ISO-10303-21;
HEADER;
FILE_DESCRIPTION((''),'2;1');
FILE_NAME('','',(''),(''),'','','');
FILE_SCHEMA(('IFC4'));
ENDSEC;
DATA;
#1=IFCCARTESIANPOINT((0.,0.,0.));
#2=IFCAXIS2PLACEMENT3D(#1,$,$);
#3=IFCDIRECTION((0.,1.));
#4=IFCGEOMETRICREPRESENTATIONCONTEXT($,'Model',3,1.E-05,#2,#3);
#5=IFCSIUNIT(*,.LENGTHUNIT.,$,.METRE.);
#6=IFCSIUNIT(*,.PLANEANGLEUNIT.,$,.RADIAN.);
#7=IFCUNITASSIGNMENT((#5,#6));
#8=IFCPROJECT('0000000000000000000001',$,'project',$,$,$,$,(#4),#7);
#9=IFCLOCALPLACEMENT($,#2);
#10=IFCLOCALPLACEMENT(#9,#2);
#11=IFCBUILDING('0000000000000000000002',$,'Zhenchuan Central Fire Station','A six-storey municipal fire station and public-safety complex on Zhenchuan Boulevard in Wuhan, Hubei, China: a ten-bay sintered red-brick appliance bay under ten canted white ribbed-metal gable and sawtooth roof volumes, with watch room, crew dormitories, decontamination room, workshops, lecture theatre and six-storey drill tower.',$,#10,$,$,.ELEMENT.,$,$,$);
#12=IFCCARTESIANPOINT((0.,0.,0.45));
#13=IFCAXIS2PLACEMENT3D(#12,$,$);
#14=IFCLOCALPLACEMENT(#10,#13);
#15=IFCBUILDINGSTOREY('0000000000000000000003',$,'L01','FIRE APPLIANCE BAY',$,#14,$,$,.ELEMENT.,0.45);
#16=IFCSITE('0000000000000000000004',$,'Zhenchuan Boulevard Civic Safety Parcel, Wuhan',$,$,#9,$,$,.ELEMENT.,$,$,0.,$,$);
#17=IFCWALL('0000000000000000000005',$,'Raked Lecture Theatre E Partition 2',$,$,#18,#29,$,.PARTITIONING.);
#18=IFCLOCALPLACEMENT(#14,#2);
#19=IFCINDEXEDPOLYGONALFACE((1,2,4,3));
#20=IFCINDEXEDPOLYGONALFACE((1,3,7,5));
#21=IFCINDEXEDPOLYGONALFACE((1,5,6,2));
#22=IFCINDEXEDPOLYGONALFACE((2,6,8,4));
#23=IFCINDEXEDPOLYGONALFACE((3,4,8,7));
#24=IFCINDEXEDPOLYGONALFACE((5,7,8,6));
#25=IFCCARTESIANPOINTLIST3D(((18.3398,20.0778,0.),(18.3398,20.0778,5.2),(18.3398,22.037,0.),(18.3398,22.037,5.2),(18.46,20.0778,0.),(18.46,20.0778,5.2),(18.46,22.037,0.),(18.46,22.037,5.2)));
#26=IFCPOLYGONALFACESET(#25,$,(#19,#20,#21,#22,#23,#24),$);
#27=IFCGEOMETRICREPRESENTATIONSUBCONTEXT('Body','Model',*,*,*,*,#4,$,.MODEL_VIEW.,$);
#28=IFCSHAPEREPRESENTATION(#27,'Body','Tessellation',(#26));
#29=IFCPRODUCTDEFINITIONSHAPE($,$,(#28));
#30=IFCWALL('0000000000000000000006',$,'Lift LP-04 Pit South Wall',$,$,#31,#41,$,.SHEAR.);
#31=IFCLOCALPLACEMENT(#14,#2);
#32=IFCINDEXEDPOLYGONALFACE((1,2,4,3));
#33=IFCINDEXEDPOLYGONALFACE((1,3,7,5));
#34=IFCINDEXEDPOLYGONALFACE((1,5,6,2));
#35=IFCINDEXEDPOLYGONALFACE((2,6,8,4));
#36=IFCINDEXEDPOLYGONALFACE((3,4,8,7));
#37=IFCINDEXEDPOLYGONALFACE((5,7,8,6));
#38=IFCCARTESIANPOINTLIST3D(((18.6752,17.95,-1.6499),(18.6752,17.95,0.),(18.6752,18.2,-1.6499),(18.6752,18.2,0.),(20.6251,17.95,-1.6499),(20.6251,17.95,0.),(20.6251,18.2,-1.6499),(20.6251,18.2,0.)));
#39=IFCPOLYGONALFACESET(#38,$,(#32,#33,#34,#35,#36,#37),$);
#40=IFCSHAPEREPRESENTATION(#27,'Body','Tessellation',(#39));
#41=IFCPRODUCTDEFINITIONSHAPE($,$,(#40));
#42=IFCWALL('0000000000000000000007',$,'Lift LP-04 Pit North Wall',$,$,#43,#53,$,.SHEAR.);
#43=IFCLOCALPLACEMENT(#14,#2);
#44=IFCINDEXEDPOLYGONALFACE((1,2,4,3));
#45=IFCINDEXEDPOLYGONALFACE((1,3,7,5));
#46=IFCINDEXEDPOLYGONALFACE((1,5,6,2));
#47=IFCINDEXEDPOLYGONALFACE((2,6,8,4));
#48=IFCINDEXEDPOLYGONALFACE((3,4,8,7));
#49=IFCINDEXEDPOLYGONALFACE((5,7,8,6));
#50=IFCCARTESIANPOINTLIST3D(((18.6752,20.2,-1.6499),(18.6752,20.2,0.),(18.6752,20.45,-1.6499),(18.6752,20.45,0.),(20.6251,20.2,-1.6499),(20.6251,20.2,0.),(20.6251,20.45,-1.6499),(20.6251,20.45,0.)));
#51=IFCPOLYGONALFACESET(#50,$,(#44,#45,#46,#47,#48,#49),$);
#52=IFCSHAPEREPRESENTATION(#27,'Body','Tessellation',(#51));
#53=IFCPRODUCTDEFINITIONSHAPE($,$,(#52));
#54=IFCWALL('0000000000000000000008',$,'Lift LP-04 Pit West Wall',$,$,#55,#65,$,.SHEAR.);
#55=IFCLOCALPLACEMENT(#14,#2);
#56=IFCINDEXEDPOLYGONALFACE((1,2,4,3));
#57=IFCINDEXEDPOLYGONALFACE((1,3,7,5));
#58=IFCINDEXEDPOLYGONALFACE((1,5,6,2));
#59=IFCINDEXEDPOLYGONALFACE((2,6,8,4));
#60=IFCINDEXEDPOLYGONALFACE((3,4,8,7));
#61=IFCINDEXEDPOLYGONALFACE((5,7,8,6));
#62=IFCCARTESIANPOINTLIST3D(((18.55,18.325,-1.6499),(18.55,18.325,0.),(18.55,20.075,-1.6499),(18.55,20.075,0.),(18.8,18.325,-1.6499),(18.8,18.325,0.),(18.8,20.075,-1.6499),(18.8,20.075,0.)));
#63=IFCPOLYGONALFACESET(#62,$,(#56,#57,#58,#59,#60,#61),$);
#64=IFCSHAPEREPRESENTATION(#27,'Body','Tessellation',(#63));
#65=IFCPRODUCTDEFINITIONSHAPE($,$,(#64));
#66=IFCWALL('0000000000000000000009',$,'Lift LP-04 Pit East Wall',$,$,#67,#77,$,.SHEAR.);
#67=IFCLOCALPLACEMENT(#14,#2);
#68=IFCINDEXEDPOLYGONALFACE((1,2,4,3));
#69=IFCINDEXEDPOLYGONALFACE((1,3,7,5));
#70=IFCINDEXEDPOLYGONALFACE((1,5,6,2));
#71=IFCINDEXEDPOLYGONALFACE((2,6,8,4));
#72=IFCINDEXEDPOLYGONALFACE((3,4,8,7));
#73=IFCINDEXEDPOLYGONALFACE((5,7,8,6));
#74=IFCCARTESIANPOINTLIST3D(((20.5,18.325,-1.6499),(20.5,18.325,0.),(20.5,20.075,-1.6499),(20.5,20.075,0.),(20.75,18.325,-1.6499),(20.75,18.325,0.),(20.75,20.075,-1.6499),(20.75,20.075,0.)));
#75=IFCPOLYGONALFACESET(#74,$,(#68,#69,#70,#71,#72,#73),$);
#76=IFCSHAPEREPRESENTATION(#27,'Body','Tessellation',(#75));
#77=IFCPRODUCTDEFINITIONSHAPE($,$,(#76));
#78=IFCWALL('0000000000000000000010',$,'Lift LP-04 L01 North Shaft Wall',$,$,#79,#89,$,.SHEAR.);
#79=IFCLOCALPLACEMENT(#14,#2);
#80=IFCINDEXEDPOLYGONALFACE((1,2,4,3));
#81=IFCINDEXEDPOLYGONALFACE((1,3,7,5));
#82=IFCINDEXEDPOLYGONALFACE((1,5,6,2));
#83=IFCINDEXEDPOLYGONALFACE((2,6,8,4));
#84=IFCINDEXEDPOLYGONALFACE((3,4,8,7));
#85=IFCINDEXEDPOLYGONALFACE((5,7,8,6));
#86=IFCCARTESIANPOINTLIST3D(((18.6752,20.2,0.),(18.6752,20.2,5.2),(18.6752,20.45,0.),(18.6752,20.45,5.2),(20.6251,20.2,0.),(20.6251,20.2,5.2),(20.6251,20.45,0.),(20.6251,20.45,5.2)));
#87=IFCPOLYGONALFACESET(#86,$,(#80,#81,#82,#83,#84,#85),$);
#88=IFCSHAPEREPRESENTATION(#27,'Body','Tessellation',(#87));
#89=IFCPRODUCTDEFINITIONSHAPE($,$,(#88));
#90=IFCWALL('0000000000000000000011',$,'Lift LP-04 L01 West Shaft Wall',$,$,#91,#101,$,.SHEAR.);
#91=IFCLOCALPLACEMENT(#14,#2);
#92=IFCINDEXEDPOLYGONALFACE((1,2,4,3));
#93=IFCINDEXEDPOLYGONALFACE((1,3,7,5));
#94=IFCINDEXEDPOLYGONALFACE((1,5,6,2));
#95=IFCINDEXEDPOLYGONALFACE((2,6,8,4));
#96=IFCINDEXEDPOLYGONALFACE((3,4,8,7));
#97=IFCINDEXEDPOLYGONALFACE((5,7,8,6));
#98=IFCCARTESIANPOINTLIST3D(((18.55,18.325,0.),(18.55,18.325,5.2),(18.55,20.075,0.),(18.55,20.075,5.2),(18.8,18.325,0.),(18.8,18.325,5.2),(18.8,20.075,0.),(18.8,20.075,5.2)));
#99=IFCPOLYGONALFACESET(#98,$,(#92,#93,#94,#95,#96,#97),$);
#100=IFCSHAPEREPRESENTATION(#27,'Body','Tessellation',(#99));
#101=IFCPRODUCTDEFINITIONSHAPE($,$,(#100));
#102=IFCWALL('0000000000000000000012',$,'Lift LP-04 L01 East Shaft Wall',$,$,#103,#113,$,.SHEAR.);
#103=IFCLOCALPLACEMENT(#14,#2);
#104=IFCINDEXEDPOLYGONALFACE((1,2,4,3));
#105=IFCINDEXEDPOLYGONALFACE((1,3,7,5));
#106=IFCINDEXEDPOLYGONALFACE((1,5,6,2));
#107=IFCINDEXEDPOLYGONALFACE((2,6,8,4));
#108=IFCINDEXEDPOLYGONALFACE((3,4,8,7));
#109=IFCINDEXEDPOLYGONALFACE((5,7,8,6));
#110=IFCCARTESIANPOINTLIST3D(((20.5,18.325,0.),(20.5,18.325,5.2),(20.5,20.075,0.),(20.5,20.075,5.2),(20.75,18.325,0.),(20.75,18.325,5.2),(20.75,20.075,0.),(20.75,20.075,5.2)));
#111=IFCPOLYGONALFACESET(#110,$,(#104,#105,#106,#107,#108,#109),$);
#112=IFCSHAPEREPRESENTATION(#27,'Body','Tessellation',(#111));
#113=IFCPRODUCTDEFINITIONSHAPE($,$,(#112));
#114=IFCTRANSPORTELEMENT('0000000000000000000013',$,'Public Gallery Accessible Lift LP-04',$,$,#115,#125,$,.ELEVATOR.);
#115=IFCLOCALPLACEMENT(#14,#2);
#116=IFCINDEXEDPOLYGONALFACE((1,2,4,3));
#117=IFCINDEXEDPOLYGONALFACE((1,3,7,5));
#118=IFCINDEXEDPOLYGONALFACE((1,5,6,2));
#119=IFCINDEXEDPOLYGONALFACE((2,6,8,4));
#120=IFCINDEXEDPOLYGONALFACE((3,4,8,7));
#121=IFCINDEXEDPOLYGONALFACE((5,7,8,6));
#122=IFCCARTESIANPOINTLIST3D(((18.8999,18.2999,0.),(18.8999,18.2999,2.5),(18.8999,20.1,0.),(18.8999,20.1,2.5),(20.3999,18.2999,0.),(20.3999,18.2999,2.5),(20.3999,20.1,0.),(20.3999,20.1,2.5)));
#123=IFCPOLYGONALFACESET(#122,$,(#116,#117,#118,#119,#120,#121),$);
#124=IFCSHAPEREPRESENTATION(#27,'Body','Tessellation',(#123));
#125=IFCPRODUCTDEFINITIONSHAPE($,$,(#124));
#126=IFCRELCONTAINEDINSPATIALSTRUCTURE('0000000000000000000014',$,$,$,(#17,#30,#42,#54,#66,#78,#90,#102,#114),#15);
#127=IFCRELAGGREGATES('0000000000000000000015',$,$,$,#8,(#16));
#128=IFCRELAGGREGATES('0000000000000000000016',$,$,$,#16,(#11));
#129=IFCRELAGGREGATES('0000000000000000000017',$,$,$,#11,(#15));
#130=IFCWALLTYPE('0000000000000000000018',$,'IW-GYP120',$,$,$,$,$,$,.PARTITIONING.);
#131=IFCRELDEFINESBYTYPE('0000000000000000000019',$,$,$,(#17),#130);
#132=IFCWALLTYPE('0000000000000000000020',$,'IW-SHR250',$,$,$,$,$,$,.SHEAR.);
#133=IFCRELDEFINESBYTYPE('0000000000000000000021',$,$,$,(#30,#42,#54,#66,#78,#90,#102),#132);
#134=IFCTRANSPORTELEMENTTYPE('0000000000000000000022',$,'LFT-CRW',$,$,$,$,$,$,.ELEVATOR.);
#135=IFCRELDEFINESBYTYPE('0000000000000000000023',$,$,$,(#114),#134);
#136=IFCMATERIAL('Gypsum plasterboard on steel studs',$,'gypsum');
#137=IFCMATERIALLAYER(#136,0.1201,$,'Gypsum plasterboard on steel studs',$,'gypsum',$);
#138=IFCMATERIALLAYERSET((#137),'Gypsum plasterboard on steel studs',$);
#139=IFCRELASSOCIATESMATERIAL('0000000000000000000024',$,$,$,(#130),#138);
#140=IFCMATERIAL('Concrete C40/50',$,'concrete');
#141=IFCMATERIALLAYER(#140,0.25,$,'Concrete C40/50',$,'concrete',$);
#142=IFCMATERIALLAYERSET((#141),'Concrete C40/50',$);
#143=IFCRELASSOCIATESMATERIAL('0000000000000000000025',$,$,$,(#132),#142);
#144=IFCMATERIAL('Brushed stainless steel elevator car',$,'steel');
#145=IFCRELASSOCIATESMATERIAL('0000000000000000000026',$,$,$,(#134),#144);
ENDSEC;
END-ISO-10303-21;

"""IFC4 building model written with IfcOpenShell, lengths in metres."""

from ifc_helpers import new_model, si_unit, direction, frame, frame_2d, origin, origin_2d, place, context, subcontext, project, spatial, rectangle, extrude, material, layer, layer_set, type_object, element, save


model = new_model("IFC4")

# Units and contexts
model_context = context("Model", 3, precision=1e-05, world=origin(), true_north=direction((0.0, 1.0)))
body_context = subcontext(model_context, "Body", "Model", "MODEL_VIEW")
ifc_project = project(units=[si_unit("LENGTHUNIT", "METRE"), si_unit("PLANEANGLEUNIT", "RADIAN")], contexts=[model_context])

# Site, building, storey
site_placement = place(None, origin())
site = spatial("IfcSite", under=ifc_project, at=site_placement, Name="Zhenchuan Boulevard Civic Safety Parcel, Wuhan", CompositionType="ELEMENT", RefElevation=0.0)
building_placement = place(site_placement, origin())
building = spatial("IfcBuilding", under=site, at=building_placement, Name="Zhenchuan Central Fire Station", Description="A six-storey municipal fire station and public-safety complex on Zhenchuan Boulevard in Wuhan, Hubei, China: a ten-bay sintered red-brick appliance bay under ten canted white ribbed-metal gable and sawtooth roof volumes, with watch room, crew dormitories, decontamination room, workshops, lecture theatre and six-storey drill tower.", CompositionType="ELEMENT")
storey_placement = place(building_placement, frame((0.0, 0.0, 0.45)))
storey = spatial("IfcBuildingStorey", under=building, at=storey_placement, Name="L01", Description="FIRE APPLIANCE BAY", CompositionType="ELEMENT", Elevation=0.45)

# Walls
ifc_material_1 = material(Name="Gypsum plasterboard on steel studs", Category="gypsum")
ifc_layer_1 = layer(ifc_material_1, 0.1201, Name="Gypsum plasterboard on steel studs", Category="gypsum")
ifc_layer_set_1 = layer_set([ifc_layer_1], Name="Gypsum plasterboard on steel studs")
wall_type_1 = type_object("IfcWallType", Name="IW-GYP120", PredefinedType="PARTITIONING", material=ifc_layer_set_1)
wall_1_placement = place(storey_placement, frame((18.3999, 20.0779, 0.0), z_axis=(0.0, 0.0, 1.0), x_axis=(0.0, 1.0, 0.0)))
element("IfcWall", 1, at=wall_1_placement, inside=storey, type_object=wall_type_1, Name="Raked Lecture Theatre E Partition 2", PredefinedType="PARTITIONING", context=body_context, shape_type="SweptSolid", body=[
    extrude(rectangle(XDim=1.9592, YDim=0.1201, at=frame_2d((0.9795, 0.0))), origin(), (0.0, 0.0, 1.0), 5.2),
])
ifc_material_2 = material(Name="Concrete C40/50", Category="concrete")
ifc_layer_2 = layer(ifc_material_2, 0.25, Name="Concrete C40/50", Category="concrete")
ifc_layer_set_2 = layer_set([ifc_layer_2], Name="Concrete C40/50")
wall_type_2 = type_object("IfcWallType", Name="IW-SHR250", PredefinedType="SHEAR", material=ifc_layer_set_2)
for number, where, z_axis, x_axis, name in (
    (2, (18.675, 18.075, -1.6499), (0.0, 0.0, 1.0), (1.0, 0.0, 0.0), "Lift LP-04 Pit South Wall"),
    (3, (18.675, 20.325, -1.6499), (0.0, 0.0, 1.0), (1.0, 0.0, 0.0), "Lift LP-04 Pit North Wall"),
):
    element("IfcWall", number, at=place(storey_placement, frame(where, z_axis=z_axis, x_axis=x_axis)), inside=storey, type_object=wall_type_2, Name=name, PredefinedType="SHEAR", context=body_context, shape_type="SweptSolid", body=[
        extrude(rectangle(XDim=1.95, YDim=0.25, at=frame_2d((0.9751, 0.0))), origin(), (0.0, 0.0, 1.0), 1.6499),
    ])
for number, where, z_axis, x_axis, name in (
    (4, (18.675, 18.325, -1.6499), (0.0, 0.0, 1.0), (0.0, 1.0, 0.0), "Lift LP-04 Pit West Wall"),
    (5, (20.625, 18.325, -1.6499), (0.0, 0.0, 1.0), (0.0, 1.0, 0.0), "Lift LP-04 Pit East Wall"),
):
    element("IfcWall", number, at=place(storey_placement, frame(where, z_axis=z_axis, x_axis=x_axis)), inside=storey, type_object=wall_type_2, Name=name, PredefinedType="SHEAR", context=body_context, shape_type="SweptSolid", body=[
        extrude(rectangle(XDim=1.75, YDim=0.25, at=frame_2d((0.875, 0.0))), origin(), (0.0, 0.0, 1.0), 1.6499),
    ])

# Walls
wall_2_placement = place(storey_placement, frame((18.675, 20.325, 0.0), z_axis=(0.0, 0.0, 1.0), x_axis=(1.0, 0.0, 0.0)))
element("IfcWall", 6, at=wall_2_placement, inside=storey, type_object=wall_type_2, Name="Lift LP-04 L01 North Shaft Wall", PredefinedType="SHEAR", context=body_context, shape_type="SweptSolid", body=[
    extrude(rectangle(XDim=1.95, YDim=0.25, at=frame_2d((0.9751, 0.0))), origin(), (0.0, 0.0, 1.0), 5.2),
])
for number, where, z_axis, x_axis, name in (
    (7, (18.675, 18.325, 0.0), (0.0, 0.0, 1.0), (0.0, 1.0, 0.0), "Lift LP-04 L01 West Shaft Wall"),
    (8, (20.625, 18.325, 0.0), (0.0, 0.0, 1.0), (0.0, 1.0, 0.0), "Lift LP-04 L01 East Shaft Wall"),
):
    element("IfcWall", number, at=place(storey_placement, frame(where, z_axis=z_axis, x_axis=x_axis)), inside=storey, type_object=wall_type_2, Name=name, PredefinedType="SHEAR", context=body_context, shape_type="SweptSolid", body=[
        extrude(rectangle(XDim=1.75, YDim=0.25, at=frame_2d((0.875, 0.0))), origin(), (0.0, 0.0, 1.0), 5.2),
    ])

# Transport element
ifc_material_3 = material(Name="Brushed stainless steel elevator car", Category="steel")
transport_element_type = type_object("IfcTransportElementType", Name="LFT-CRW", PredefinedType="ELEVATOR", material=ifc_material_3)
transport_element_placement = place(storey_placement, frame((19.6499, 19.2, 0.0), z_axis=(0.0, 0.0, 1.0), x_axis=(1.0, 0.0, 0.0)))
element("IfcTransportElement", 9, at=transport_element_placement, inside=storey, type_object=transport_element_type, Name="Public Gallery Accessible Lift LP-04", PredefinedType="ELEVATOR", context=body_context, shape_type="SweptSolid", body=[
    extrude(rectangle(XDim=1.5, YDim=1.8, at=origin_2d()), origin(), (0.0, 0.0, 1.0), 2.5),
])

save(model, "model.ifc")
